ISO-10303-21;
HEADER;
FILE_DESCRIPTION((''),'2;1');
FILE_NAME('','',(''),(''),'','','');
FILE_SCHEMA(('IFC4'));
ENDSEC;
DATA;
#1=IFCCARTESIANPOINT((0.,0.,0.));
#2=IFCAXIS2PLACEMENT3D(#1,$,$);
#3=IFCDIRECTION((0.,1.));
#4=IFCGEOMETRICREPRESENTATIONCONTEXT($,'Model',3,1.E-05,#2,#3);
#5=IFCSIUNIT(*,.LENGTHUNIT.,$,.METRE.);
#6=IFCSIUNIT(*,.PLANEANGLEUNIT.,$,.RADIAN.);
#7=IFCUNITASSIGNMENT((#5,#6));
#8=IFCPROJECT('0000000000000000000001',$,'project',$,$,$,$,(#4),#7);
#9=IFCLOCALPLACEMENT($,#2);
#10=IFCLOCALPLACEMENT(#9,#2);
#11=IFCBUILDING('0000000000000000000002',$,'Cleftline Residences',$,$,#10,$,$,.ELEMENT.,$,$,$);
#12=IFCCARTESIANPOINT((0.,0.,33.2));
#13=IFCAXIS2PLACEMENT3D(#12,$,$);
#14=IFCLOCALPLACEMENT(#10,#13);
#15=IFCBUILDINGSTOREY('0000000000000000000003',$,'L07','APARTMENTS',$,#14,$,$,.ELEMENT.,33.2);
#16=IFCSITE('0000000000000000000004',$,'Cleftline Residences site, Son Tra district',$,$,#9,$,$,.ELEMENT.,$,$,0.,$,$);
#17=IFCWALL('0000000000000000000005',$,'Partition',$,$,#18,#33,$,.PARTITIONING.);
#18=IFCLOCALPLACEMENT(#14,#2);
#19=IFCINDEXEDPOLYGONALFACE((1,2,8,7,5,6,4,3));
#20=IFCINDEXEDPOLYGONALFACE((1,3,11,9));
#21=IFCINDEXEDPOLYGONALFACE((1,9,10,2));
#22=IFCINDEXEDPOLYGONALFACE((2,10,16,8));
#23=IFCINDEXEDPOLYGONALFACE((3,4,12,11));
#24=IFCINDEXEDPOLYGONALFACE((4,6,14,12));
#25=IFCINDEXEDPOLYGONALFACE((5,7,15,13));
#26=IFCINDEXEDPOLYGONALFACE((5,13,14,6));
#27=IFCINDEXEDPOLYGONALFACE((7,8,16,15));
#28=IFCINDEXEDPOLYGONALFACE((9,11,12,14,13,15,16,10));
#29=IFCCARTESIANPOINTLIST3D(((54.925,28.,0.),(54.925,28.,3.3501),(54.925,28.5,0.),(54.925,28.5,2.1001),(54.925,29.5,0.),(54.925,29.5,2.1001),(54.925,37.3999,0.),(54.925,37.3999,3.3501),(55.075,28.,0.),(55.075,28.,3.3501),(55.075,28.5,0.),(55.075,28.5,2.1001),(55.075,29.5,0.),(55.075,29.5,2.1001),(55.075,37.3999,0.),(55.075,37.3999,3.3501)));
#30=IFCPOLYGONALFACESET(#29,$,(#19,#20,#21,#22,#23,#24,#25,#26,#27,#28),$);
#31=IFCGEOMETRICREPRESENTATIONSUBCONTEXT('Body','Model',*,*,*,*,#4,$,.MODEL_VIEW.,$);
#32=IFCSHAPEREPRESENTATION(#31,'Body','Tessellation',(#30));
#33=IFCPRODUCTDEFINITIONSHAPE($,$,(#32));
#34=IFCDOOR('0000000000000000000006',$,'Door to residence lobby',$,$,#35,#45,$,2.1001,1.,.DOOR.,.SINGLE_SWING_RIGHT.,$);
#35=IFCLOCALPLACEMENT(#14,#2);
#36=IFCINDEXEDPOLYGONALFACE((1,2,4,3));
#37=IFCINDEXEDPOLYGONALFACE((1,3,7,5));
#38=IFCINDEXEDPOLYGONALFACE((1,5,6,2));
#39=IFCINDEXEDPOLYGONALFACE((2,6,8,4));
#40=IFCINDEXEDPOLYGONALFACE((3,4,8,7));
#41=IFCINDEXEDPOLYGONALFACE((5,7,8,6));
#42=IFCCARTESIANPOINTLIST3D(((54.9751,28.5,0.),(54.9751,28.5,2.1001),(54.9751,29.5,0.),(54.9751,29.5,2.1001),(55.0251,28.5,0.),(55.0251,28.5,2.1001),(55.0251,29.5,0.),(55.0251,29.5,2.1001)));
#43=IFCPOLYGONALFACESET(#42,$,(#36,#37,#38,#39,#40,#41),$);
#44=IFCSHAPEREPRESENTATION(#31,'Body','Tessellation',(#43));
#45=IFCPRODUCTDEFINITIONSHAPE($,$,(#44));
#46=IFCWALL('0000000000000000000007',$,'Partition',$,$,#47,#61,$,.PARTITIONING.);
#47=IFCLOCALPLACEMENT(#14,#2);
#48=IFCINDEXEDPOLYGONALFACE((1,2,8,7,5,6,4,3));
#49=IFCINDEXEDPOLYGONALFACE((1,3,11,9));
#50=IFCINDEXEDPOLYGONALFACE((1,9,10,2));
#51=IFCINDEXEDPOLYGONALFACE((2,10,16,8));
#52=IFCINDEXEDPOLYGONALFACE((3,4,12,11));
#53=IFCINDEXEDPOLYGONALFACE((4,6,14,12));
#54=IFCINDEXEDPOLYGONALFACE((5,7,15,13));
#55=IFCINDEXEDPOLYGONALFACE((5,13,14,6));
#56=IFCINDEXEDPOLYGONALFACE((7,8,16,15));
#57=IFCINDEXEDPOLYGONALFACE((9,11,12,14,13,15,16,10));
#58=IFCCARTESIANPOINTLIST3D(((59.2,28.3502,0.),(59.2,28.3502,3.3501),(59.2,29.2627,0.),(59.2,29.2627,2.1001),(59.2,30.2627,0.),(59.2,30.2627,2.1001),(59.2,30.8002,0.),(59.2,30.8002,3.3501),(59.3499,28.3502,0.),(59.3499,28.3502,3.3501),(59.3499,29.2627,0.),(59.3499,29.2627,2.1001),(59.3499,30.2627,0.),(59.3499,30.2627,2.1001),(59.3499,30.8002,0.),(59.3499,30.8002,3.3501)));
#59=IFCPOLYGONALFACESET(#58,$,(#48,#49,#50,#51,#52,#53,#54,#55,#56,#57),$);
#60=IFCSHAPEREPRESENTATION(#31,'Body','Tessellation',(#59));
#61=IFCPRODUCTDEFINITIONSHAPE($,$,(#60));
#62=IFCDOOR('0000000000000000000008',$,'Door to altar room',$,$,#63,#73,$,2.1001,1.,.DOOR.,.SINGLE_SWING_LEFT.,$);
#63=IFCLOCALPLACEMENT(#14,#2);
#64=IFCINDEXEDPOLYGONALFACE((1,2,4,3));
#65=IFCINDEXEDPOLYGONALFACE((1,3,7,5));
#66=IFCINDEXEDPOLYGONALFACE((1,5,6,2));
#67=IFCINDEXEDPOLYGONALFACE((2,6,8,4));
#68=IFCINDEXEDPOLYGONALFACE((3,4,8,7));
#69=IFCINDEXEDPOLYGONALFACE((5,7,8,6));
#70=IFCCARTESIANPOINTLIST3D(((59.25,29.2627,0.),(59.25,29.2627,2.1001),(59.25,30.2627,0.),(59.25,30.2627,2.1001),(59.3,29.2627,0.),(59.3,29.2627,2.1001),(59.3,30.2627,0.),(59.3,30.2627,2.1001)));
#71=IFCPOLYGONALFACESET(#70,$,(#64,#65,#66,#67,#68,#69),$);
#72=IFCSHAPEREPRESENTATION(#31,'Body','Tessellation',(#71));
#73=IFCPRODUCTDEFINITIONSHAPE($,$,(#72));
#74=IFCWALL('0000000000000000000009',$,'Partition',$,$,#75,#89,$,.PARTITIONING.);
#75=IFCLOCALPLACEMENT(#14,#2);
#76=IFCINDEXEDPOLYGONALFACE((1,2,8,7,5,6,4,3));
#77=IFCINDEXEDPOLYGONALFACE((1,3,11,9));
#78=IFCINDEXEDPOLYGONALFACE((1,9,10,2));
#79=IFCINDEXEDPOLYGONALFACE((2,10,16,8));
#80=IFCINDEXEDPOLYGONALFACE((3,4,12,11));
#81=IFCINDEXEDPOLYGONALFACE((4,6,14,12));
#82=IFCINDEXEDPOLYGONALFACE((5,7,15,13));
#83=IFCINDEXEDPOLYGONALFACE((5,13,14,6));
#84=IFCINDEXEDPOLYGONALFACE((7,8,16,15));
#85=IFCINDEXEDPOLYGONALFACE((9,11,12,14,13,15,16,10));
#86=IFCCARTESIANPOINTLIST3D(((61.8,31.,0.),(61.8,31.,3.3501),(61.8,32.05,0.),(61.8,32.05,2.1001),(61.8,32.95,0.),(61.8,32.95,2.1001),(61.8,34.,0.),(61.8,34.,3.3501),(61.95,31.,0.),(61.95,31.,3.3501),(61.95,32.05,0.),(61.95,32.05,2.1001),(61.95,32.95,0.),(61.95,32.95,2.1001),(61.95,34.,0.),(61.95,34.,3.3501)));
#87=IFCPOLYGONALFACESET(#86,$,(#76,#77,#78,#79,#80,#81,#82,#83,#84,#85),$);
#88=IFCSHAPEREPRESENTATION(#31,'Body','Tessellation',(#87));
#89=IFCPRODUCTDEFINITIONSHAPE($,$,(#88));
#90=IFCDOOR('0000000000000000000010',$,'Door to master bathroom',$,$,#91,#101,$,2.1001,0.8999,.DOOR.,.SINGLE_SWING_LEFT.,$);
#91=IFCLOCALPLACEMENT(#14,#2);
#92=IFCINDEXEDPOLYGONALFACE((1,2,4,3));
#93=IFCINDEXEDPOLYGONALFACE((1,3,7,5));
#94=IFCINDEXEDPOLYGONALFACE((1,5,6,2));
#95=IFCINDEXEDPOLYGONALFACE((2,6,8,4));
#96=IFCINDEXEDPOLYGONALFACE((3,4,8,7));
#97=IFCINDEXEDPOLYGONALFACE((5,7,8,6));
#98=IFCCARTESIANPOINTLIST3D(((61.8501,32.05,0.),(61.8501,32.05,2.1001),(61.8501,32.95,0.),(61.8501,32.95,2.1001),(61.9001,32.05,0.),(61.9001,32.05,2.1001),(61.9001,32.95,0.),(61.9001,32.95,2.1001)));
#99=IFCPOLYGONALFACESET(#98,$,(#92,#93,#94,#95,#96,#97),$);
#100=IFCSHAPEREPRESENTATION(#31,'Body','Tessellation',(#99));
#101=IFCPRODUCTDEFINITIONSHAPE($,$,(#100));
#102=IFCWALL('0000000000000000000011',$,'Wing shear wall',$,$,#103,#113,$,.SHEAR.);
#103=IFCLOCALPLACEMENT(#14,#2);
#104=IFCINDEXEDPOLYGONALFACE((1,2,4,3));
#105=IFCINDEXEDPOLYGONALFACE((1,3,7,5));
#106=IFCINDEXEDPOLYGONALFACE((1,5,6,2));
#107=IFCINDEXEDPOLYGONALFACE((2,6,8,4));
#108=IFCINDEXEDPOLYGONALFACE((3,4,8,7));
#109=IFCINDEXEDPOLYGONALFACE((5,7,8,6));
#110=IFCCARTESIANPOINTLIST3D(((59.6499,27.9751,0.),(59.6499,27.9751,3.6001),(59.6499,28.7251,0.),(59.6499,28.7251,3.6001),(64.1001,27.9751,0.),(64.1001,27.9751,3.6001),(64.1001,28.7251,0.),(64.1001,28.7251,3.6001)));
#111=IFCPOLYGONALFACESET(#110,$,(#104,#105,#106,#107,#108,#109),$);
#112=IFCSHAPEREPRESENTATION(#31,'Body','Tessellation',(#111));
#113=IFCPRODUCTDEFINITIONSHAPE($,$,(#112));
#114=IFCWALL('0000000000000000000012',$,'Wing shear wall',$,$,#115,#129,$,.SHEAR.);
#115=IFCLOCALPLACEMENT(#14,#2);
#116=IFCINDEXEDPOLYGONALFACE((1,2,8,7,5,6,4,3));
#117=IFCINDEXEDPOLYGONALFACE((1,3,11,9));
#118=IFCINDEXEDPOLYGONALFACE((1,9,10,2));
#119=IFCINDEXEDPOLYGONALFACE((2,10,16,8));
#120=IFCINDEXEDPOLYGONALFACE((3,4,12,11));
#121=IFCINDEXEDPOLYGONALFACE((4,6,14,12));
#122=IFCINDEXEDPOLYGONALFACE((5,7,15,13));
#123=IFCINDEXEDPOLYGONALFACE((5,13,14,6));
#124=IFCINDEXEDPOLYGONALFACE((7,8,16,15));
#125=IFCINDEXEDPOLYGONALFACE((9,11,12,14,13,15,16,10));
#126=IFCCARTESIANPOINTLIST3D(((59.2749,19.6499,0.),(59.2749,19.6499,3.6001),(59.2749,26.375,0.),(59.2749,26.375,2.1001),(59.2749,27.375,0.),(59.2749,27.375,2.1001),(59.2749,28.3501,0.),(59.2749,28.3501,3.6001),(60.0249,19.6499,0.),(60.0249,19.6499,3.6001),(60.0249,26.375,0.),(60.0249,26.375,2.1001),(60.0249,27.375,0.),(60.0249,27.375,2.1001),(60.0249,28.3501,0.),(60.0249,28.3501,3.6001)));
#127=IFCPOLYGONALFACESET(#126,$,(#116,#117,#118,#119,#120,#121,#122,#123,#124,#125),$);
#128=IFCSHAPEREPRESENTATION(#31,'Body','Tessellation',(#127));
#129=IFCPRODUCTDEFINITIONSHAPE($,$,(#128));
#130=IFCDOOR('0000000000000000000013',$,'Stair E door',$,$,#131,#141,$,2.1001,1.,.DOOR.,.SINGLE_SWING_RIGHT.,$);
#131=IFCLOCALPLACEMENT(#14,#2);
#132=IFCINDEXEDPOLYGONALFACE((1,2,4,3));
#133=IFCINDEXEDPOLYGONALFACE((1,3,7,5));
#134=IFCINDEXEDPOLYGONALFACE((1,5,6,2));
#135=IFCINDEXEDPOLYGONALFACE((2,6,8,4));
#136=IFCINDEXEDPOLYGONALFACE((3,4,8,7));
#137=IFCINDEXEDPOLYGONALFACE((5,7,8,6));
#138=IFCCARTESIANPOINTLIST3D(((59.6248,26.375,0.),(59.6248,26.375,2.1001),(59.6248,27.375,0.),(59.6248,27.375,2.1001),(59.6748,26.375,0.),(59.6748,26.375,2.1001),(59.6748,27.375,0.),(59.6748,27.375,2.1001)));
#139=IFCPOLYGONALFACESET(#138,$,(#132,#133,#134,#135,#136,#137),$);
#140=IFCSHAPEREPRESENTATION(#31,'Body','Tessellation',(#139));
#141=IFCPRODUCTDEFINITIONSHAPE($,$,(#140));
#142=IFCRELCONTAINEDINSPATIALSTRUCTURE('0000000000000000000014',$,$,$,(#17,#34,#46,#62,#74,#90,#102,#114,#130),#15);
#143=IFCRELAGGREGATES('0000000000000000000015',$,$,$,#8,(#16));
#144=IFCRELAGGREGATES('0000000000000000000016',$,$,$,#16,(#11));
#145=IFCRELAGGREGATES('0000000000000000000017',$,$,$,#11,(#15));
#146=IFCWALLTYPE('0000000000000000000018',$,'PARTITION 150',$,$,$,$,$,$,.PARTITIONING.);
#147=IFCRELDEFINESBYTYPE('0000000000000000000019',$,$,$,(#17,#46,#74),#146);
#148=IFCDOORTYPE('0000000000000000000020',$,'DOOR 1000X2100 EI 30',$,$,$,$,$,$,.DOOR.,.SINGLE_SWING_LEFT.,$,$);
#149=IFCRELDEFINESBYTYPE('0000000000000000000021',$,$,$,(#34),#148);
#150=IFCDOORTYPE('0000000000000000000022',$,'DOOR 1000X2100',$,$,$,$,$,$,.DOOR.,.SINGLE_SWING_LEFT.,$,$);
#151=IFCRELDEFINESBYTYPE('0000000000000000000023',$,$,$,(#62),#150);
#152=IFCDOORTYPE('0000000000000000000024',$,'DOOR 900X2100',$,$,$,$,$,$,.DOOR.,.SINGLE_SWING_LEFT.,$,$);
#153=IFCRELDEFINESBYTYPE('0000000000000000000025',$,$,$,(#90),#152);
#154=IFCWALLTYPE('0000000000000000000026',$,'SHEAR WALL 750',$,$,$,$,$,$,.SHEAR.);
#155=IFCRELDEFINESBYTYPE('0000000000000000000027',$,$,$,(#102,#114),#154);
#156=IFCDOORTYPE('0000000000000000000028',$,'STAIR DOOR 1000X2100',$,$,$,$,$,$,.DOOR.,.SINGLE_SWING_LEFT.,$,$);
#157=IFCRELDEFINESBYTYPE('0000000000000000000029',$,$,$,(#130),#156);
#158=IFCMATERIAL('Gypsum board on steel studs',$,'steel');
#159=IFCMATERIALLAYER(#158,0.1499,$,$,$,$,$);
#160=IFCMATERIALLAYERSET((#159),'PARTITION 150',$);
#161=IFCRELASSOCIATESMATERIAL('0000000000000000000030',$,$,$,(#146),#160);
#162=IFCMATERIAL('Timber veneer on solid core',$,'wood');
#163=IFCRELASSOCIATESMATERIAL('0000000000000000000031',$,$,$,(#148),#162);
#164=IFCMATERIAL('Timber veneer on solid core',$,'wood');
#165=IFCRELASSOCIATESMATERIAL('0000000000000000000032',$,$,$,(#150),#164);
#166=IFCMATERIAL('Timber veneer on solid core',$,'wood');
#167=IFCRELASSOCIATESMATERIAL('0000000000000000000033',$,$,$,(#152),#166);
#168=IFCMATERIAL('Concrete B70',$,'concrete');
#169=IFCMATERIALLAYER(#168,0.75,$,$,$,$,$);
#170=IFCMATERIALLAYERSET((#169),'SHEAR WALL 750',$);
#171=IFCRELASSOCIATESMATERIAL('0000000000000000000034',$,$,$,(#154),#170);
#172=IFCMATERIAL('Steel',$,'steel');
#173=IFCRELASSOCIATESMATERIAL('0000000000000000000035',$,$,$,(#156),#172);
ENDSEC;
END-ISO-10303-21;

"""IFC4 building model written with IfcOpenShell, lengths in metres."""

from ifc_helpers import new_model, si_unit, direction, frame, frame_2d, origin, place, context, subcontext, project, spatial, rectangle, extrude, material, layer, layer_set, type_object, element, fill, save


model = new_model("IFC4")

# Units and contexts
model_context = context("Model", 3, precision=1e-05, world=origin(), true_north=direction((0.0, 1.0)))
body_context = subcontext(model_context, "Body", "Model", "MODEL_VIEW")
ifc_project = project(units=[si_unit("LENGTHUNIT", "METRE"), si_unit("PLANEANGLEUNIT", "RADIAN")], contexts=[model_context])

# Site, building, storey
site_placement = place(None, origin())
site = spatial("IfcSite", under=ifc_project, at=site_placement, Name="Cleftline Residences site, Son Tra district", CompositionType="ELEMENT", RefElevation=0.0)
building_placement = place(site_placement, origin())
building = spatial("IfcBuilding", under=site, at=building_placement, Name="Cleftline Residences", CompositionType="ELEMENT")
storey_placement = place(building_placement, frame((0.0, 0.0, 33.2)))
storey = spatial("IfcBuildingStorey", under=building, at=storey_placement, Name="L07", Description="APARTMENTS", CompositionType="ELEMENT", Elevation=33.2)

# Shared definitions
ifc_material_1 = material(Name="Gypsum board on steel studs", Category="steel")
ifc_layer_1 = layer(ifc_material_1, 0.1499)
ifc_layer_set_1 = layer_set([ifc_layer_1], Name="PARTITION 150")
wall_type_1 = type_object("IfcWallType", Name="PARTITION 150", PredefinedType="PARTITIONING", material=ifc_layer_set_1)

# Walls, openings, doors
wall_1_placement = place(storey_placement, frame((55.0, 28.0, 0.0), z_axis=(0.0, 0.0, 1.0), x_axis=(0.0, 1.0, 0.0)))
wall_1 = element("IfcWall", 1, at=wall_1_placement, inside=storey, type_object=wall_type_1, Name="Partition", PredefinedType="PARTITIONING", context=body_context, shape_type="SweptSolid", body=[
    extrude(rectangle(XDim=9.3999, YDim=0.1499, at=frame_2d((4.7, 0.0))), origin(), (0.0, 0.0, 1.0), 3.3501),
])
opening_1_placement = place(wall_1_placement, frame((0.5, 0.0, 0.0)))
opening_1 = element("IfcOpeningElement", 2, at=opening_1_placement, cuts=wall_1, PredefinedType="OPENING", context=body_context, shape_type="SweptSolid", body=[
    extrude(rectangle(XDim=1.0, YDim=2.1001, at=frame_2d((0.5, 1.05))), frame((0.0, 0.085, 0.0), z_axis=(0.0, -1.0, 0.0), x_axis=(1.0, 0.0, 0.0)), (0.0, 0.0, 1.0), 0.1699),
])
ifc_material_2 = material(Name="Timber veneer on solid core", Category="wood")
door_type_1 = type_object("IfcDoorType", Name="DOOR 1000X2100 EI 30", OperationType="SINGLE_SWING_LEFT", PredefinedType="DOOR", material=ifc_material_2)
door_1_placement = place(opening_1_placement, origin())
door_1 = element("IfcDoor", 3, at=door_1_placement, inside=storey, type_object=door_type_1, Name="Door to residence lobby", OperationType="SINGLE_SWING_RIGHT", OverallHeight=2.1001, OverallWidth=1.0, PredefinedType="DOOR", context=body_context, shape_type="SweptSolid", body=[
    extrude(rectangle(XDim=1.0, YDim=2.1001, at=frame_2d((0.5, 1.05))), frame((0.0, 0.0249, 0.0), z_axis=(0.0, -1.0, 0.0), x_axis=(1.0, 0.0, 0.0)), (0.0, 0.0, 1.0), 0.05),
])
fill(opening_1, door_1)
wall_2_placement = place(storey_placement, frame((59.2749, 28.3501, 0.0), z_axis=(0.0, 0.0, 1.0), x_axis=(0.0, 1.0, 0.0)))
wall_2 = element("IfcWall", 4, at=wall_2_placement, inside=storey, type_object=wall_type_1, Name="Partition", PredefinedType="PARTITIONING", context=body_context, shape_type="SweptSolid", body=[
    extrude(rectangle(XDim=2.45, YDim=0.1499, at=frame_2d((1.2251, 0.0))), origin(), (0.0, 0.0, 1.0), 3.3501),
])
opening_2_placement = place(wall_2_placement, frame((0.9126, 0.0, 0.0)))
opening_2 = element("IfcOpeningElement", 5, at=opening_2_placement, cuts=wall_2, PredefinedType="OPENING", context=body_context, shape_type="SweptSolid", body=[
    extrude(rectangle(XDim=1.0, YDim=2.1001, at=frame_2d((0.5, 1.05))), frame((0.0, 0.085, 0.0), z_axis=(0.0, -1.0, 0.0), x_axis=(1.0, 0.0, 0.0)), (0.0, 0.0, 1.0), 0.1699),
])
ifc_material_3 = material(Name="Timber veneer on solid core", Category="wood")
door_type_2 = type_object("IfcDoorType", Name="DOOR 1000X2100", OperationType="SINGLE_SWING_LEFT", PredefinedType="DOOR", material=ifc_material_3)
door_2_placement = place(opening_2_placement, origin())
door_2 = element("IfcDoor", 6, at=door_2_placement, inside=storey, type_object=door_type_2, Name="Door to altar room", OperationType="SINGLE_SWING_LEFT", OverallHeight=2.1001, OverallWidth=1.0, PredefinedType="DOOR", context=body_context, shape_type="SweptSolid", body=[
    extrude(rectangle(XDim=1.0, YDim=2.1001, at=frame_2d((0.5, 1.05))), frame((0.0, 0.0249, 0.0), z_axis=(0.0, -1.0, 0.0), x_axis=(1.0, 0.0, 0.0)), (0.0, 0.0, 1.0), 0.05),
])
fill(opening_2, door_2)
wall_3_placement = place(storey_placement, frame((61.875, 31.0, 0.0), z_axis=(0.0, 0.0, 1.0), x_axis=(0.0, 1.0, 0.0)))
wall_3 = element("IfcWall", 7, at=wall_3_placement, inside=storey, type_object=wall_type_1, Name="Partition", PredefinedType="PARTITIONING", context=body_context, shape_type="SweptSolid", body=[
    extrude(rectangle(XDim=3.0, YDim=0.1499, at=frame_2d((1.5, 0.0))), origin(), (0.0, 0.0, 1.0), 3.3501),
])
opening_3_placement = place(wall_3_placement, frame((1.05, 0.0, 0.0)))
opening_3 = element("IfcOpeningElement", 8, at=opening_3_placement, cuts=wall_3, PredefinedType="OPENING", context=body_context, shape_type="SweptSolid", body=[
    extrude(rectangle(XDim=0.8999, YDim=2.1001, at=frame_2d((0.45, 1.05))), frame((0.0, 0.085, 0.0), z_axis=(0.0, -1.0, 0.0), x_axis=(1.0, 0.0, 0.0)), (0.0, 0.0, 1.0), 0.1699),
])
ifc_material_4 = material(Name="Timber veneer on solid core", Category="wood")
door_type_3 = type_object("IfcDoorType", Name="DOOR 900X2100", OperationType="SINGLE_SWING_LEFT", PredefinedType="DOOR", material=ifc_material_4)
door_3_placement = place(opening_3_placement, origin())
door_3 = element("IfcDoor", 9, at=door_3_placement, inside=storey, type_object=door_type_3, Name="Door to master bathroom", OperationType="SINGLE_SWING_LEFT", OverallHeight=2.1001, OverallWidth=0.8999, PredefinedType="DOOR", context=body_context, shape_type="SweptSolid", body=[
    extrude(rectangle(XDim=0.8999, YDim=2.1001, at=frame_2d((0.45, 1.05))), frame((0.0, 0.0249, 0.0), z_axis=(0.0, -1.0, 0.0), x_axis=(1.0, 0.0, 0.0)), (0.0, 0.0, 1.0), 0.05),
])
fill(opening_3, door_3)

# Wall
ifc_material_5 = material(Name="Concrete B70", Category="concrete")
ifc_layer_2 = layer(ifc_material_5, 0.75)
ifc_layer_set_2 = layer_set([ifc_layer_2], Name="SHEAR WALL 750")
wall_type_2 = type_object("IfcWallType", Name="SHEAR WALL 750", PredefinedType="SHEAR", material=ifc_layer_set_2)
wall_4_placement = place(storey_placement, frame((64.1001, 28.3501, 0.0), z_axis=(0.0, 0.0, 1.0), x_axis=(-1.0, 0.0, 0.0)))
element("IfcWall", 10, at=wall_4_placement, inside=storey, type_object=wall_type_2, Name="Wing shear wall", PredefinedType="SHEAR", context=body_context, shape_type="SweptSolid", body=[
    extrude(rectangle(XDim=4.4502, YDim=0.75, at=frame_2d((2.2251, 0.0))), origin(), (0.0, 0.0, 1.0), 3.6001),
])

# Wall, opening, door
wall_5_placement = place(storey_placement, frame((59.6499, 28.3501, 0.0), z_axis=(0.0, 0.0, 1.0), x_axis=(0.0, -1.0, 0.0)))
wall_5 = element("IfcWall", 11, at=wall_5_placement, inside=storey, type_object=wall_type_2, Name="Wing shear wall", PredefinedType="SHEAR", context=body_context, shape_type="SweptSolid", body=[
    extrude(rectangle(XDim=8.7002, YDim=0.75, at=frame_2d((4.3501, 0.0))), origin(), (0.0, 0.0, 1.0), 3.6001),
])
opening_4_placement = place(wall_5_placement, frame((0.9751, 0.0, 0.0)))
opening_4 = element("IfcOpeningElement", 12, at=opening_4_placement, cuts=wall_5, PredefinedType="OPENING", context=body_context, shape_type="SweptSolid", body=[
    extrude(rectangle(XDim=1.0, YDim=2.1001, at=frame_2d((0.5, 1.05))), frame((0.0, 0.385, 0.0), z_axis=(0.0, -1.0, 0.0), x_axis=(1.0, 0.0, 0.0)), (0.0, 0.0, 1.0), 0.77),
])
ifc_material_6 = material(Name="Steel", Category="steel")
door_type_4 = type_object("IfcDoorType", Name="STAIR DOOR 1000X2100", OperationType="SINGLE_SWING_LEFT", PredefinedType="DOOR", material=ifc_material_6)
door_4_placement = place(opening_4_placement, origin())
door_4 = element("IfcDoor", 13, at=door_4_placement, inside=storey, type_object=door_type_4, Name="Stair E door", OperationType="SINGLE_SWING_RIGHT", OverallHeight=2.1001, OverallWidth=1.0, PredefinedType="DOOR", context=body_context, shape_type="SweptSolid", body=[
    extrude(rectangle(XDim=1.0, YDim=2.1001, at=frame_2d((0.5, 1.05))), frame((0.0, 0.0249, 0.0), z_axis=(0.0, -1.0, 0.0), x_axis=(1.0, 0.0, 0.0)), (0.0, 0.0, 1.0), 0.05),
])
fill(opening_4, door_4)

save(model, "model.ifc")
